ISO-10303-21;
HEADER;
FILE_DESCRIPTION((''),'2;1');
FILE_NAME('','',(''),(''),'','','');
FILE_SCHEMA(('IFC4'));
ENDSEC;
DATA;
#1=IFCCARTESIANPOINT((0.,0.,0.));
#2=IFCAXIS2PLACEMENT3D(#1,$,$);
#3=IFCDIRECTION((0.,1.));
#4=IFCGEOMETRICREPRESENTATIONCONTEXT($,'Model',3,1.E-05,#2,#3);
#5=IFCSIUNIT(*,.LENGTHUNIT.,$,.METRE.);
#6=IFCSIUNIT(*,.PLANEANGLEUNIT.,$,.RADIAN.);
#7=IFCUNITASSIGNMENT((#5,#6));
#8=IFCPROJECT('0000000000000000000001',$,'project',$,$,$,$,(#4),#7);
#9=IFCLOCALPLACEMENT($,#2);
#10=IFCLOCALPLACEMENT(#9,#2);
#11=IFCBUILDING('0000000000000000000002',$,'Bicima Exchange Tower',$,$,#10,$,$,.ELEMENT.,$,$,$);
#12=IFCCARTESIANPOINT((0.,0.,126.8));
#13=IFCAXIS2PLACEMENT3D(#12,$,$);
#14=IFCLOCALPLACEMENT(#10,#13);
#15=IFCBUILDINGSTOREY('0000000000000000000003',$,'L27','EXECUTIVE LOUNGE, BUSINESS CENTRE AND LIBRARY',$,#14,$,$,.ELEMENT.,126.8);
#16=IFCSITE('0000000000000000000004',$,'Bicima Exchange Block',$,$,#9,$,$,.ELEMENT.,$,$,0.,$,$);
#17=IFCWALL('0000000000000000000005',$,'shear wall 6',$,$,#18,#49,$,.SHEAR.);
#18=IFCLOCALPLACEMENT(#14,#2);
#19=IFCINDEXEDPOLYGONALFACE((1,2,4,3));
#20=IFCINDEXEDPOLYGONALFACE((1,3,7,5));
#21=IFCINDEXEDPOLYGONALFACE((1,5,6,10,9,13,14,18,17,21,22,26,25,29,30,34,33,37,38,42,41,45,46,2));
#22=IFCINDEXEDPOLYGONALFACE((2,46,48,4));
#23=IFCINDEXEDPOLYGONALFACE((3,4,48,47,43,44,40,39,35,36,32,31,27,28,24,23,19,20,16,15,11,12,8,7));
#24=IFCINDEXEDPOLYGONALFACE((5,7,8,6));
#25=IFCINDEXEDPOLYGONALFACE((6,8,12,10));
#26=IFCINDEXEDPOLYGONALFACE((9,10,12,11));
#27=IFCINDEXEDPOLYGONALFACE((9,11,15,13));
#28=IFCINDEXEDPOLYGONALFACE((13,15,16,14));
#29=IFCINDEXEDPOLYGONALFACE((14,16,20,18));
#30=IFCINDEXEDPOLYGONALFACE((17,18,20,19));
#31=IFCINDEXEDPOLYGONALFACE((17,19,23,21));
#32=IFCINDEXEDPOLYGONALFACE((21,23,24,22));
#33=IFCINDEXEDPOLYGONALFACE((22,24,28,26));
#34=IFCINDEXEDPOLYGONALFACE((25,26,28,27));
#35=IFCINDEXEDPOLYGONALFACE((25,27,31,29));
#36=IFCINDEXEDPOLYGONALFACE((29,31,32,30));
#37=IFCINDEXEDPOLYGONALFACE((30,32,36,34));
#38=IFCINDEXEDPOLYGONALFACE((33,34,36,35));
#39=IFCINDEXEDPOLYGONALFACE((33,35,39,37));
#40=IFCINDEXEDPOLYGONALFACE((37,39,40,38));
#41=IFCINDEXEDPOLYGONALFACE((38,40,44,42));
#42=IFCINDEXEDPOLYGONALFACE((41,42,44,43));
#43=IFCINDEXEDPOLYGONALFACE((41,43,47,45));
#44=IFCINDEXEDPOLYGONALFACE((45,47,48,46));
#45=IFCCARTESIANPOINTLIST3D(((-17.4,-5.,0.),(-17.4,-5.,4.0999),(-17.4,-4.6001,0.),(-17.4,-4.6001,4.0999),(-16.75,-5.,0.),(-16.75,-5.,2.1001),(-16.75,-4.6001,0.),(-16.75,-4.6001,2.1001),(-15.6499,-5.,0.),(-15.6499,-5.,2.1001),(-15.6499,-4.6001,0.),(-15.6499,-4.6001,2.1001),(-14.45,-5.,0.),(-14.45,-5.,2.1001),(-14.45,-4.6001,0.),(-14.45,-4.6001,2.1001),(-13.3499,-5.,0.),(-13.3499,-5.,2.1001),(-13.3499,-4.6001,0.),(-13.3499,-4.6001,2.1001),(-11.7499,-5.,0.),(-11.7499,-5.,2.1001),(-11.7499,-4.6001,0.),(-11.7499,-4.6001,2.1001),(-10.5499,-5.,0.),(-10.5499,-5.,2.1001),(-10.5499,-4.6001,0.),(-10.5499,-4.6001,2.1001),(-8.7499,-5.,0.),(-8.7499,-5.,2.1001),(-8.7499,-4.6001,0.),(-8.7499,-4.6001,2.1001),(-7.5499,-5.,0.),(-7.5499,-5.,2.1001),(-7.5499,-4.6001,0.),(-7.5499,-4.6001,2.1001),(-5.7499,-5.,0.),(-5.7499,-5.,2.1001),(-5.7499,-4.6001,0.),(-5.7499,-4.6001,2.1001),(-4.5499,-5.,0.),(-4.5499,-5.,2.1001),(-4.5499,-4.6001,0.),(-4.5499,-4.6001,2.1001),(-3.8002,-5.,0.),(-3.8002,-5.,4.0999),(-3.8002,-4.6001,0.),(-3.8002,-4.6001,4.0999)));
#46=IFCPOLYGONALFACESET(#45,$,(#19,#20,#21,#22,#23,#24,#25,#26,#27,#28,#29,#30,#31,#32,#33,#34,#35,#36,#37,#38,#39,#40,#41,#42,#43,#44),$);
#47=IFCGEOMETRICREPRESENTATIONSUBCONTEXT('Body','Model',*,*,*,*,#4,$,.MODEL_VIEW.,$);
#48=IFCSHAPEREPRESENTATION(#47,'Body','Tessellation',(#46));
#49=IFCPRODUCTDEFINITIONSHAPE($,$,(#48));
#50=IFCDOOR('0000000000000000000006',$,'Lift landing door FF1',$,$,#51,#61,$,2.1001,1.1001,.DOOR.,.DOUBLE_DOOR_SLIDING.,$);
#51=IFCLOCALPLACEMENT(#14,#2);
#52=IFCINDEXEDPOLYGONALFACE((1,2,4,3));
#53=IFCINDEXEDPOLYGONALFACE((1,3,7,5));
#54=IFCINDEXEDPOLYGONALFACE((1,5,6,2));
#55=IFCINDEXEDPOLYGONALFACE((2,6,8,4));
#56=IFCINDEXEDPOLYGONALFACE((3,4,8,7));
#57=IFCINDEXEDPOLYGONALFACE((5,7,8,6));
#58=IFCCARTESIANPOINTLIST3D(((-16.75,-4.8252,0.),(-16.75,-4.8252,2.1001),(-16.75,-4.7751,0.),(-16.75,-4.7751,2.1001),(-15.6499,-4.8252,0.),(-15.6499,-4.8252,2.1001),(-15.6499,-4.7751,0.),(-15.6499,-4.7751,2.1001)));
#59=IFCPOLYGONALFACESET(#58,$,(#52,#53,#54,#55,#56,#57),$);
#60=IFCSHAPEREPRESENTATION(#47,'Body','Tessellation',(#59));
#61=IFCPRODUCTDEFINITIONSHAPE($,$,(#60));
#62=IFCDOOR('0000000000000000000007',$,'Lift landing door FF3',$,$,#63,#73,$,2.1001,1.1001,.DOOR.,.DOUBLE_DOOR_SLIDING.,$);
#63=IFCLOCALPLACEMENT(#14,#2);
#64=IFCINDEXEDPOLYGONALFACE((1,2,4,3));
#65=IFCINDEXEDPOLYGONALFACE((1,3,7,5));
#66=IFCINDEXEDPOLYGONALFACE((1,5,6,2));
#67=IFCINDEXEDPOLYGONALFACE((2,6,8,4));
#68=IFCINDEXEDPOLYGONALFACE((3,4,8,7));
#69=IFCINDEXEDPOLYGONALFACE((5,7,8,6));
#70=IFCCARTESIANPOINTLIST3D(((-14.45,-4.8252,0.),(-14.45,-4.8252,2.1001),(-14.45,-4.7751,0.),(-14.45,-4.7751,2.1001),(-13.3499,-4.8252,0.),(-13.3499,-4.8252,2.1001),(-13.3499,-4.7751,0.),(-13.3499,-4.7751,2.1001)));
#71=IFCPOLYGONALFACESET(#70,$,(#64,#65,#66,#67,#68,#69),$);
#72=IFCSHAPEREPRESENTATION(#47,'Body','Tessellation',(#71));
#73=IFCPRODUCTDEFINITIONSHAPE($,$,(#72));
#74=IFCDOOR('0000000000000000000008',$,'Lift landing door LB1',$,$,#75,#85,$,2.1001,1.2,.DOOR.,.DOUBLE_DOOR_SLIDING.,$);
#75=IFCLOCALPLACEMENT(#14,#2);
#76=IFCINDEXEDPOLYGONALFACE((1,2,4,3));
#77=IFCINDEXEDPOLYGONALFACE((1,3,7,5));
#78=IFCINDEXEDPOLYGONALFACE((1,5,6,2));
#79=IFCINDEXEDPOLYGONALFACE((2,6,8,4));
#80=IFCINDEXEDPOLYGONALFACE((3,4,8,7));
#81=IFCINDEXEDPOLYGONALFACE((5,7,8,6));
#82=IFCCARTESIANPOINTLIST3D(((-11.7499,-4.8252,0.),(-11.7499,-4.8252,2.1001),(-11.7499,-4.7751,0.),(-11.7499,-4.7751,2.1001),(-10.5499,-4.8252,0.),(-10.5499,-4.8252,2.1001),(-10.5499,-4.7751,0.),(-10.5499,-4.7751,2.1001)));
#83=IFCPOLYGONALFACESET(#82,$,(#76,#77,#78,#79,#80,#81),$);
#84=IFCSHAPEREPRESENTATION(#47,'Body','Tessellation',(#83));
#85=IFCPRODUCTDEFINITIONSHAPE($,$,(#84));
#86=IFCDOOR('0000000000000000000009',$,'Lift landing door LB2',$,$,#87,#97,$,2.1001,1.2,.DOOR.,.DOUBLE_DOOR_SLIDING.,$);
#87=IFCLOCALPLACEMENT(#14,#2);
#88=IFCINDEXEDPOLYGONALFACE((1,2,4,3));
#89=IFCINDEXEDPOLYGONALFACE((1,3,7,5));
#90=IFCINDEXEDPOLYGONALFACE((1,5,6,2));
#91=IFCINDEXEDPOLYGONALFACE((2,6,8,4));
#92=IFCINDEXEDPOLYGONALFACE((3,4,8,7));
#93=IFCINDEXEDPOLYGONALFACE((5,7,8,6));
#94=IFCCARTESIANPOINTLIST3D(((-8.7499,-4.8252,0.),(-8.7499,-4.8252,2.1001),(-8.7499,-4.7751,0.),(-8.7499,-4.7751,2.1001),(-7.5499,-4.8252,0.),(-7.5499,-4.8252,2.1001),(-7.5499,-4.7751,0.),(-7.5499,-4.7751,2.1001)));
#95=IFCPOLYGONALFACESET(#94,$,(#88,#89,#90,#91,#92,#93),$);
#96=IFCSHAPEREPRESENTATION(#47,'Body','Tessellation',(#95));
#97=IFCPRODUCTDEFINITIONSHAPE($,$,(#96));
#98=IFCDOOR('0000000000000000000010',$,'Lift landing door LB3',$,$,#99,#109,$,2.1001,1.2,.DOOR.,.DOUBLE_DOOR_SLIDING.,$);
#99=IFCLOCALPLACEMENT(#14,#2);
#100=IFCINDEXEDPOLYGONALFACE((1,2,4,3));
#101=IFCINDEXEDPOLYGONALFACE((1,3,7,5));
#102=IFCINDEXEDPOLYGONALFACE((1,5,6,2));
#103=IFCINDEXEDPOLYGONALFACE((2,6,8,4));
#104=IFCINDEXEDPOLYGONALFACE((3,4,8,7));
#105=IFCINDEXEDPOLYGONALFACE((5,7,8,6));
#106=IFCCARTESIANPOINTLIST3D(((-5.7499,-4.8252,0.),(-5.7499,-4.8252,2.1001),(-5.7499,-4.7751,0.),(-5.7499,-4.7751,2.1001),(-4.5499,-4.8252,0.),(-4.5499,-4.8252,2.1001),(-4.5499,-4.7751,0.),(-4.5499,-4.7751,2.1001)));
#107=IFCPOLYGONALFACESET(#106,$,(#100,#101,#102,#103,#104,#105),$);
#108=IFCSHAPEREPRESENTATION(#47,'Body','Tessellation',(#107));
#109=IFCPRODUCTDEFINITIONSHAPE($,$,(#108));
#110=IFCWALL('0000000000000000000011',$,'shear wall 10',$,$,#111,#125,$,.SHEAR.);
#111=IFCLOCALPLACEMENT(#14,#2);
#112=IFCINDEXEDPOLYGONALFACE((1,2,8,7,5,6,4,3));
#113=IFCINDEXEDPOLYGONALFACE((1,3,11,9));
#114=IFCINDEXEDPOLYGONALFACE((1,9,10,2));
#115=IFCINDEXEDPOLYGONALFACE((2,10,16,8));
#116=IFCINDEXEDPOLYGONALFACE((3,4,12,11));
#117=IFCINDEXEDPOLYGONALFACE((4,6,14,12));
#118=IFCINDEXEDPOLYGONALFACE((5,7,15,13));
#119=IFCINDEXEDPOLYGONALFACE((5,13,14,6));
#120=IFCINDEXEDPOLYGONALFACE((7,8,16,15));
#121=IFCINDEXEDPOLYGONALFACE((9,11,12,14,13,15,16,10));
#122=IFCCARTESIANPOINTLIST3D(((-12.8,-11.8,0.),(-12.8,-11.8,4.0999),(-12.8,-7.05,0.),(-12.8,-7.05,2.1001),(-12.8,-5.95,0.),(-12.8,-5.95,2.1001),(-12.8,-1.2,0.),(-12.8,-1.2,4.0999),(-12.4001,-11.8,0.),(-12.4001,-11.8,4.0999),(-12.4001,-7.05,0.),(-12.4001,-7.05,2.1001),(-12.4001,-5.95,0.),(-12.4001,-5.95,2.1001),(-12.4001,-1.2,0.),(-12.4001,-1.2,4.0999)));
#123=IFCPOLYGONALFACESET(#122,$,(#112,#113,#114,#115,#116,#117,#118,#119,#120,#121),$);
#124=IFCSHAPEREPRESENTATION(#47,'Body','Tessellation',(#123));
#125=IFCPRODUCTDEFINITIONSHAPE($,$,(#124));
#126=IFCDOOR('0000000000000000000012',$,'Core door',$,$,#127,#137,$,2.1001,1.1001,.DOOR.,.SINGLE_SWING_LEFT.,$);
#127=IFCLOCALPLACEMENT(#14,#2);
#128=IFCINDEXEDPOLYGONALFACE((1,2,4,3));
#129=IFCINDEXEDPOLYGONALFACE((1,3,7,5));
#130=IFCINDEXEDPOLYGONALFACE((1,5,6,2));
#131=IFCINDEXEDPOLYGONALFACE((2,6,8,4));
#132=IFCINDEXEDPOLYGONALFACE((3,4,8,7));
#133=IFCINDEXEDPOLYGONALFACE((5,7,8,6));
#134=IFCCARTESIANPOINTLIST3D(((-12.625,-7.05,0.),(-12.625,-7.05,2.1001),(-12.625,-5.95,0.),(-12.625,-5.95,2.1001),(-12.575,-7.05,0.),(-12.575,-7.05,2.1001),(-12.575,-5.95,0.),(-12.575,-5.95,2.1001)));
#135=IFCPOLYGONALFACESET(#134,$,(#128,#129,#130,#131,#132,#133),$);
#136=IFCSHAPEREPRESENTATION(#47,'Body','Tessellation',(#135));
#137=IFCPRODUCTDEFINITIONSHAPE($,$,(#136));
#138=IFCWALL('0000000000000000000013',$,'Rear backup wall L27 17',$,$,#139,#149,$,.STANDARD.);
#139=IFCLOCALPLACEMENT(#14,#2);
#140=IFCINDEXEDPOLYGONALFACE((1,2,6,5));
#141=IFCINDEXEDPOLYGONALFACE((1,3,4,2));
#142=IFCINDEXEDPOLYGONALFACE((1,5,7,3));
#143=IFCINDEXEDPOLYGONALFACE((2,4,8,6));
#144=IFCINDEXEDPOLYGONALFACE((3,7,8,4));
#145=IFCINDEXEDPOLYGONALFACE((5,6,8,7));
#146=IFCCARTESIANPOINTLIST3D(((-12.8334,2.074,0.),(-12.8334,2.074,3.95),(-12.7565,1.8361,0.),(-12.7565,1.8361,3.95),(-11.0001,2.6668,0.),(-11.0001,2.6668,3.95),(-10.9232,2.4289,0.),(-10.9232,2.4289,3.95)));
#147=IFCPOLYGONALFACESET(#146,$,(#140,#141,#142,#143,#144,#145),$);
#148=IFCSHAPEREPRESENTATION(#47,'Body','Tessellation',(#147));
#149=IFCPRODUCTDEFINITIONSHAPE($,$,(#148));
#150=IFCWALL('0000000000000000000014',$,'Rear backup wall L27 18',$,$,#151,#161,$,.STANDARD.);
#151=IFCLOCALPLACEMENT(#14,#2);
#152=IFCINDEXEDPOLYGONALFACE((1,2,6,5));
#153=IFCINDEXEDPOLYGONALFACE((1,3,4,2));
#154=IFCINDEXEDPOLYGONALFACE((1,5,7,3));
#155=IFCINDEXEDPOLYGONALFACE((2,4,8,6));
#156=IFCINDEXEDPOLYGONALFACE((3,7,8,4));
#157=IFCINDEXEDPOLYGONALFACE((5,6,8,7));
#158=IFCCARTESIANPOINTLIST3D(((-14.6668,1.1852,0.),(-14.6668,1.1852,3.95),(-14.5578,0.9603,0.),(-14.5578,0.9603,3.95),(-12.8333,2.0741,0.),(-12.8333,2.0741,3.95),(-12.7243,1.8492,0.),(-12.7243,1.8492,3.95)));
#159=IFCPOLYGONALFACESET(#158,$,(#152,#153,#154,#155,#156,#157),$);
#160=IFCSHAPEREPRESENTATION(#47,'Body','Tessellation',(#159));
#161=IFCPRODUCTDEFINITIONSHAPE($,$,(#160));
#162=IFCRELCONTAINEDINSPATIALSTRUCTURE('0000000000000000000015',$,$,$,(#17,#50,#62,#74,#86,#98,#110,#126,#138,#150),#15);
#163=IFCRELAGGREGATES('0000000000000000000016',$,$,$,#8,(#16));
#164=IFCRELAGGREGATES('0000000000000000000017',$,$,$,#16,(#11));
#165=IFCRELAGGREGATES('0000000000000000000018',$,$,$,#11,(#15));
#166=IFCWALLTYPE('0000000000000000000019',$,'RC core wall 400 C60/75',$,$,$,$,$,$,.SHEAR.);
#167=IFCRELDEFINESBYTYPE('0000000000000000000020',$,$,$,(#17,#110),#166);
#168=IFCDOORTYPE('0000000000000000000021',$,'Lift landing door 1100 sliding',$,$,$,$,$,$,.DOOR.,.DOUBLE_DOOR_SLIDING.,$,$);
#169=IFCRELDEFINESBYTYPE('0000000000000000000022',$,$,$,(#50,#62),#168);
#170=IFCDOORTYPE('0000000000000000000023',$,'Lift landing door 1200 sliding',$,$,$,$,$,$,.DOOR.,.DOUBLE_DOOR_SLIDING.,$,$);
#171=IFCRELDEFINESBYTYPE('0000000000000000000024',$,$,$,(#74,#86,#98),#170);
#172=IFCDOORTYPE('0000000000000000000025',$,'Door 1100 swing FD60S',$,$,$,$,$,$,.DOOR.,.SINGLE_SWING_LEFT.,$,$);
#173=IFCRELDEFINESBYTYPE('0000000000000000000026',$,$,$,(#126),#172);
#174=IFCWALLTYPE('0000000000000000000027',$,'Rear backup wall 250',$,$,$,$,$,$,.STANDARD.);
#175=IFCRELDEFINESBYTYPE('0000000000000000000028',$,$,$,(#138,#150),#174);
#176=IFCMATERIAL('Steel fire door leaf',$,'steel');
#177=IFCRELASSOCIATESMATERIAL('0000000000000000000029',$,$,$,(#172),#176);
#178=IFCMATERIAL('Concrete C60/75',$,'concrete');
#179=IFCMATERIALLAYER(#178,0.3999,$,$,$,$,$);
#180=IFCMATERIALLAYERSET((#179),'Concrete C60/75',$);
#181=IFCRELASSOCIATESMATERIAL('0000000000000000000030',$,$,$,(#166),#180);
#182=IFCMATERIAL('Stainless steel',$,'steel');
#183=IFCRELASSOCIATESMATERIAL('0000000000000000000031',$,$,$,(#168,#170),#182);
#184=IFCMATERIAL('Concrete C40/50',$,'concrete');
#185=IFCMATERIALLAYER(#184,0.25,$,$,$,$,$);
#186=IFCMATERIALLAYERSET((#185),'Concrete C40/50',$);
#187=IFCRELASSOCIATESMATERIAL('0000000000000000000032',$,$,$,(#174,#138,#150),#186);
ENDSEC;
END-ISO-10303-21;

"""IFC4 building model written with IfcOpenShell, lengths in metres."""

from ifc_helpers import new_model, si_unit, direction, frame, frame_2d, origin, place, context, subcontext, project, spatial, rectangle, extrude, material, layer, layer_set, layer_usage, type_object, element, fill, save


model = new_model("IFC4")

# Units and contexts
model_context = context("Model", 3, precision=1e-05, world=origin(), true_north=direction((0.0, 1.0)))
body_context = subcontext(model_context, "Body", "Model", "MODEL_VIEW")
ifc_project = project(units=[si_unit("LENGTHUNIT", "METRE"), si_unit("PLANEANGLEUNIT", "RADIAN")], contexts=[model_context])

# Site, building, storey
site_placement = place(None, origin())
site = spatial("IfcSite", under=ifc_project, at=site_placement, Name="Bicima Exchange Block", CompositionType="ELEMENT", RefElevation=0.0)
building_placement = place(site_placement, origin())
building = spatial("IfcBuilding", under=site, at=building_placement, Name="Bicima Exchange Tower", CompositionType="ELEMENT")
storey_placement = place(building_placement, frame((0.0, 0.0, 126.8)))
storey = spatial("IfcBuildingStorey", under=building, at=storey_placement, Name="L27", Description="EXECUTIVE LOUNGE, BUSINESS CENTRE AND LIBRARY", CompositionType="ELEMENT", Elevation=126.8)

# Shared definitions
ifc_material_1 = material(Name="Steel fire door leaf", Category="steel")
door_type_1 = type_object("IfcDoorType", Name="Door 1100 swing FD60S", OperationType="SINGLE_SWING_LEFT", PredefinedType="DOOR", material=ifc_material_1)

# Shared definitions
ifc_material_2 = material(Name="Concrete C60/75", Category="concrete")
ifc_layer_1 = layer(ifc_material_2, 0.3999)
ifc_layer_set_1 = layer_set([ifc_layer_1], Name="Concrete C60/75")
wall_type_1 = type_object("IfcWallType", Name="RC core wall 400 C60/75", PredefinedType="SHEAR", material=ifc_layer_set_1)

# Wall, openings, doors
wall_1_placement = place(storey_placement, frame((-17.3999, -4.8, 0.0), z_axis=(0.0, 0.0, 1.0), x_axis=(1.0, 0.0, 0.0)))
wall_1 = element("IfcWall", 1, at=wall_1_placement, inside=storey, type_object=wall_type_1, Name="shear wall 6", PredefinedType="SHEAR", context=body_context, shape_type="SweptSolid", body=[
    extrude(rectangle(XDim=13.5999, YDim=0.3999, at=frame_2d((6.7998, 0.0))), origin(), (0.0, 0.0, 1.0), 4.0999),
])
opening_1_placement = place(wall_1_placement, frame((0.6499, 0.0, 0.0)))
opening_1 = element("IfcOpeningElement", 2, at=opening_1_placement, cuts=wall_1, PredefinedType="OPENING", context=body_context, shape_type="SweptSolid", body=[
    extrude(rectangle(XDim=1.1001, YDim=2.1001, at=frame_2d((0.55, 1.05))), frame((0.0, 0.2119, 0.0), z_axis=(0.0, -1.0, 0.0), x_axis=(1.0, 0.0, 0.0)), (0.0, 0.0, 1.0), 0.4238),
])
opening_2_placement = place(wall_1_placement, frame((2.95, 0.0, 0.0)))
opening_2 = element("IfcOpeningElement", 3, at=opening_2_placement, cuts=wall_1, PredefinedType="OPENING", context=body_context, shape_type="SweptSolid", body=[
    extrude(rectangle(XDim=1.1001, YDim=2.1001, at=frame_2d((0.55, 1.05))), frame((0.0, 0.2119, 0.0), z_axis=(0.0, -1.0, 0.0), x_axis=(1.0, 0.0, 0.0)), (0.0, 0.0, 1.0), 0.4238),
])
opening_3_placement = place(wall_1_placement, frame((5.6499, 0.0, 0.0)))
opening_3 = element("IfcOpeningElement", 4, at=opening_3_placement, cuts=wall_1, PredefinedType="OPENING", context=body_context, shape_type="SweptSolid", body=[
    extrude(rectangle(XDim=1.2, YDim=2.1001, at=frame_2d((0.6001, 1.05))), frame((0.0, 0.2119, 0.0), z_axis=(0.0, -1.0, 0.0), x_axis=(1.0, 0.0, 0.0)), (0.0, 0.0, 1.0), 0.4238),
])
opening_4_placement = place(wall_1_placement, frame((8.6499, 0.0, 0.0)))
opening_4 = element("IfcOpeningElement", 5, at=opening_4_placement, cuts=wall_1, PredefinedType="OPENING", context=body_context, shape_type="SweptSolid", body=[
    extrude(rectangle(XDim=1.2, YDim=2.1001, at=frame_2d((0.6001, 1.05))), frame((0.0, 0.2119, 0.0), z_axis=(0.0, -1.0, 0.0), x_axis=(1.0, 0.0, 0.0)), (0.0, 0.0, 1.0), 0.4238),
])
opening_5_placement = place(wall_1_placement, frame((11.6499, 0.0, 0.0)))
opening_5 = element("IfcOpeningElement", 6, at=opening_5_placement, cuts=wall_1, PredefinedType="OPENING", context=body_context, shape_type="SweptSolid", body=[
    extrude(rectangle(XDim=1.2, YDim=2.1001, at=frame_2d((0.6001, 1.05))), frame((0.0, 0.2119, 0.0), z_axis=(0.0, -1.0, 0.0), x_axis=(1.0, 0.0, 0.0)), (0.0, 0.0, 1.0), 0.4238),
])
ifc_material_3 = material(Name="Stainless steel", Category="steel")
door_type_2 = type_object("IfcDoorType", Name="Lift landing door 1100 sliding", OperationType="DOUBLE_DOOR_SLIDING", PredefinedType="DOOR", material=ifc_material_3)
door_1_placement = place(opening_1_placement, origin())
door_1 = element("IfcDoor", 7, at=door_1_placement, inside=storey, type_object=door_type_2, Name="Lift landing door FF1", OperationType="DOUBLE_DOOR_SLIDING", OverallHeight=2.1001, OverallWidth=1.1001, PredefinedType="DOOR", context=body_context, shape_type="SweptSolid", body=[
    extrude(rectangle(XDim=1.1001, YDim=2.1001, at=frame_2d((0.55, 1.05))), frame((0.0, 0.0249, 0.0), z_axis=(0.0, -1.0, 0.0), x_axis=(1.0, 0.0, 0.0)), (0.0, 0.0, 1.0), 0.05),
])
fill(opening_1, door_1)
door_2_placement = place(opening_2_placement, origin())
door_2 = element("IfcDoor", 8, at=door_2_placement, inside=storey, type_object=door_type_2, Name="Lift landing door FF3", OperationType="DOUBLE_DOOR_SLIDING", OverallHeight=2.1001, OverallWidth=1.1001, PredefinedType="DOOR", context=body_context, shape_type="SweptSolid", body=[
    extrude(rectangle(XDim=1.1001, YDim=2.1001, at=frame_2d((0.55, 1.05))), frame((0.0, 0.0249, 0.0), z_axis=(0.0, -1.0, 0.0), x_axis=(1.0, 0.0, 0.0)), (0.0, 0.0, 1.0), 0.05),
])
fill(opening_2, door_2)
door_type_3 = type_object("IfcDoorType", Name="Lift landing door 1200 sliding", OperationType="DOUBLE_DOOR_SLIDING", PredefinedType="DOOR", material=ifc_material_3)
door_3_placement = place(opening_3_placement, origin())
door_3 = element("IfcDoor", 9, at=door_3_placement, inside=storey, type_object=door_type_3, Name="Lift landing door LB1", OperationType="DOUBLE_DOOR_SLIDING", OverallHeight=2.1001, OverallWidth=1.2, PredefinedType="DOOR", context=body_context, shape_type="SweptSolid", body=[
    extrude(rectangle(XDim=1.2, YDim=2.1001, at=frame_2d((0.6001, 1.05))), frame((0.0, 0.0249, 0.0), z_axis=(0.0, -1.0, 0.0), x_axis=(1.0, 0.0, 0.0)), (0.0, 0.0, 1.0), 0.05),
])
fill(opening_3, door_3)
door_4_placement = place(opening_4_placement, origin())
door_4 = element("IfcDoor", 10, at=door_4_placement, inside=storey, type_object=door_type_3, Name="Lift landing door LB2", OperationType="DOUBLE_DOOR_SLIDING", OverallHeight=2.1001, OverallWidth=1.2, PredefinedType="DOOR", context=body_context, shape_type="SweptSolid", body=[
    extrude(rectangle(XDim=1.2, YDim=2.1001, at=frame_2d((0.6001, 1.05))), frame((0.0, 0.0249, 0.0), z_axis=(0.0, -1.0, 0.0), x_axis=(1.0, 0.0, 0.0)), (0.0, 0.0, 1.0), 0.05),
])
fill(opening_4, door_4)
door_5_placement = place(opening_5_placement, origin())
door_5 = element("IfcDoor", 11, at=door_5_placement, inside=storey, type_object=door_type_3, Name="Lift landing door LB3", OperationType="DOUBLE_DOOR_SLIDING", OverallHeight=2.1001, OverallWidth=1.2, PredefinedType="DOOR", context=body_context, shape_type="SweptSolid", body=[
    extrude(rectangle(XDim=1.2, YDim=2.1001, at=frame_2d((0.6001, 1.05))), frame((0.0, 0.0249, 0.0), z_axis=(0.0, -1.0, 0.0), x_axis=(1.0, 0.0, 0.0)), (0.0, 0.0, 1.0), 0.05),
])
fill(opening_5, door_5)

# Wall, opening, door
wall_2_placement = place(storey_placement, frame((-12.6001, -11.8, 0.0), z_axis=(0.0, 0.0, 1.0), x_axis=(0.0, 1.0, 0.0)))
wall_2 = element("IfcWall", 12, at=wall_2_placement, inside=storey, type_object=wall_type_1, Name="shear wall 10", PredefinedType="SHEAR", context=body_context, shape_type="SweptSolid", body=[
    extrude(rectangle(XDim=10.6001, YDim=0.3999, at=frame_2d((5.3, 0.0))), origin(), (0.0, 0.0, 1.0), 4.0999),
])
opening_6_placement = place(wall_2_placement, frame((4.75, 0.0, 0.0)))
opening_6 = element("IfcOpeningElement", 13, at=opening_6_placement, cuts=wall_2, PredefinedType="OPENING", context=body_context, shape_type="SweptSolid", body=[
    extrude(rectangle(XDim=1.1001, YDim=2.1001, at=frame_2d((0.55, 1.05))), frame((0.0, 0.2119, 0.0), z_axis=(0.0, -1.0, 0.0), x_axis=(1.0, 0.0, 0.0)), (0.0, 0.0, 1.0), 0.4238),
])
door_6_placement = place(opening_6_placement, origin())
door_6 = element("IfcDoor", 14, at=door_6_placement, inside=storey, type_object=door_type_1, Name="Core door", OperationType="SINGLE_SWING_LEFT", OverallHeight=2.1001, OverallWidth=1.1001, PredefinedType="DOOR", context=body_context, shape_type="SweptSolid", body=[
    extrude(rectangle(XDim=1.1001, YDim=2.1001, at=frame_2d((0.55, 1.05))), frame((0.0, 0.0249, 0.0), z_axis=(0.0, -1.0, 0.0), x_axis=(1.0, 0.0, 0.0)), (0.0, 0.0, 1.0), 0.05),
])
fill(opening_6, door_6)

# Walls
ifc_material_4 = material(Name="Concrete C40/50", Category="concrete")
ifc_layer_2 = layer(ifc_material_4, 0.25)
ifc_layer_set_2 = layer_set([ifc_layer_2], Name="Concrete C40/50")
ifc_layer_usage = layer_usage(ifc_layer_set_2, "AXIS2", "POSITIVE", -0.125)
wall_type_2 = type_object("IfcWallType", Name="Rear backup wall 250", PredefinedType="STANDARD", material=ifc_layer_set_2)
wall_3_placement = place(storey_placement, frame((-10.9617, 2.5479, 0.0), z_axis=(0.0, 0.0, 1.0), x_axis=(-0.951496, -0.307662, 0.0)))
element("IfcWall", 15, at=wall_3_placement, inside=storey, type_object=wall_type_2, material=ifc_layer_usage, Name="Rear backup wall L27 17", PredefinedType="STANDARD", context=body_context, shape_type="SweptSolid", body=[
    extrude(rectangle(XDim=1.9268, YDim=0.25, at=frame_2d((0.9634, 0.0))), origin(), (0.0, 0.0, 1.0), 3.95),
])
wall_4_placement = place(storey_placement, frame((-12.7788, 1.9617, 0.0), z_axis=(0.0, 0.0, 1.0), x_axis=(-0.899824, -0.436253, 0.0)))
element("IfcWall", 16, at=wall_4_placement, inside=storey, type_object=wall_type_2, material=ifc_layer_usage, Name="Rear backup wall L27 18", PredefinedType="STANDARD", context=body_context, shape_type="SweptSolid", body=[
    extrude(rectangle(XDim=2.0376, YDim=0.25, at=frame_2d((1.0188, 0.0))), origin(), (0.0, 0.0, 1.0), 3.95),
])

save(model, "model.ifc")
